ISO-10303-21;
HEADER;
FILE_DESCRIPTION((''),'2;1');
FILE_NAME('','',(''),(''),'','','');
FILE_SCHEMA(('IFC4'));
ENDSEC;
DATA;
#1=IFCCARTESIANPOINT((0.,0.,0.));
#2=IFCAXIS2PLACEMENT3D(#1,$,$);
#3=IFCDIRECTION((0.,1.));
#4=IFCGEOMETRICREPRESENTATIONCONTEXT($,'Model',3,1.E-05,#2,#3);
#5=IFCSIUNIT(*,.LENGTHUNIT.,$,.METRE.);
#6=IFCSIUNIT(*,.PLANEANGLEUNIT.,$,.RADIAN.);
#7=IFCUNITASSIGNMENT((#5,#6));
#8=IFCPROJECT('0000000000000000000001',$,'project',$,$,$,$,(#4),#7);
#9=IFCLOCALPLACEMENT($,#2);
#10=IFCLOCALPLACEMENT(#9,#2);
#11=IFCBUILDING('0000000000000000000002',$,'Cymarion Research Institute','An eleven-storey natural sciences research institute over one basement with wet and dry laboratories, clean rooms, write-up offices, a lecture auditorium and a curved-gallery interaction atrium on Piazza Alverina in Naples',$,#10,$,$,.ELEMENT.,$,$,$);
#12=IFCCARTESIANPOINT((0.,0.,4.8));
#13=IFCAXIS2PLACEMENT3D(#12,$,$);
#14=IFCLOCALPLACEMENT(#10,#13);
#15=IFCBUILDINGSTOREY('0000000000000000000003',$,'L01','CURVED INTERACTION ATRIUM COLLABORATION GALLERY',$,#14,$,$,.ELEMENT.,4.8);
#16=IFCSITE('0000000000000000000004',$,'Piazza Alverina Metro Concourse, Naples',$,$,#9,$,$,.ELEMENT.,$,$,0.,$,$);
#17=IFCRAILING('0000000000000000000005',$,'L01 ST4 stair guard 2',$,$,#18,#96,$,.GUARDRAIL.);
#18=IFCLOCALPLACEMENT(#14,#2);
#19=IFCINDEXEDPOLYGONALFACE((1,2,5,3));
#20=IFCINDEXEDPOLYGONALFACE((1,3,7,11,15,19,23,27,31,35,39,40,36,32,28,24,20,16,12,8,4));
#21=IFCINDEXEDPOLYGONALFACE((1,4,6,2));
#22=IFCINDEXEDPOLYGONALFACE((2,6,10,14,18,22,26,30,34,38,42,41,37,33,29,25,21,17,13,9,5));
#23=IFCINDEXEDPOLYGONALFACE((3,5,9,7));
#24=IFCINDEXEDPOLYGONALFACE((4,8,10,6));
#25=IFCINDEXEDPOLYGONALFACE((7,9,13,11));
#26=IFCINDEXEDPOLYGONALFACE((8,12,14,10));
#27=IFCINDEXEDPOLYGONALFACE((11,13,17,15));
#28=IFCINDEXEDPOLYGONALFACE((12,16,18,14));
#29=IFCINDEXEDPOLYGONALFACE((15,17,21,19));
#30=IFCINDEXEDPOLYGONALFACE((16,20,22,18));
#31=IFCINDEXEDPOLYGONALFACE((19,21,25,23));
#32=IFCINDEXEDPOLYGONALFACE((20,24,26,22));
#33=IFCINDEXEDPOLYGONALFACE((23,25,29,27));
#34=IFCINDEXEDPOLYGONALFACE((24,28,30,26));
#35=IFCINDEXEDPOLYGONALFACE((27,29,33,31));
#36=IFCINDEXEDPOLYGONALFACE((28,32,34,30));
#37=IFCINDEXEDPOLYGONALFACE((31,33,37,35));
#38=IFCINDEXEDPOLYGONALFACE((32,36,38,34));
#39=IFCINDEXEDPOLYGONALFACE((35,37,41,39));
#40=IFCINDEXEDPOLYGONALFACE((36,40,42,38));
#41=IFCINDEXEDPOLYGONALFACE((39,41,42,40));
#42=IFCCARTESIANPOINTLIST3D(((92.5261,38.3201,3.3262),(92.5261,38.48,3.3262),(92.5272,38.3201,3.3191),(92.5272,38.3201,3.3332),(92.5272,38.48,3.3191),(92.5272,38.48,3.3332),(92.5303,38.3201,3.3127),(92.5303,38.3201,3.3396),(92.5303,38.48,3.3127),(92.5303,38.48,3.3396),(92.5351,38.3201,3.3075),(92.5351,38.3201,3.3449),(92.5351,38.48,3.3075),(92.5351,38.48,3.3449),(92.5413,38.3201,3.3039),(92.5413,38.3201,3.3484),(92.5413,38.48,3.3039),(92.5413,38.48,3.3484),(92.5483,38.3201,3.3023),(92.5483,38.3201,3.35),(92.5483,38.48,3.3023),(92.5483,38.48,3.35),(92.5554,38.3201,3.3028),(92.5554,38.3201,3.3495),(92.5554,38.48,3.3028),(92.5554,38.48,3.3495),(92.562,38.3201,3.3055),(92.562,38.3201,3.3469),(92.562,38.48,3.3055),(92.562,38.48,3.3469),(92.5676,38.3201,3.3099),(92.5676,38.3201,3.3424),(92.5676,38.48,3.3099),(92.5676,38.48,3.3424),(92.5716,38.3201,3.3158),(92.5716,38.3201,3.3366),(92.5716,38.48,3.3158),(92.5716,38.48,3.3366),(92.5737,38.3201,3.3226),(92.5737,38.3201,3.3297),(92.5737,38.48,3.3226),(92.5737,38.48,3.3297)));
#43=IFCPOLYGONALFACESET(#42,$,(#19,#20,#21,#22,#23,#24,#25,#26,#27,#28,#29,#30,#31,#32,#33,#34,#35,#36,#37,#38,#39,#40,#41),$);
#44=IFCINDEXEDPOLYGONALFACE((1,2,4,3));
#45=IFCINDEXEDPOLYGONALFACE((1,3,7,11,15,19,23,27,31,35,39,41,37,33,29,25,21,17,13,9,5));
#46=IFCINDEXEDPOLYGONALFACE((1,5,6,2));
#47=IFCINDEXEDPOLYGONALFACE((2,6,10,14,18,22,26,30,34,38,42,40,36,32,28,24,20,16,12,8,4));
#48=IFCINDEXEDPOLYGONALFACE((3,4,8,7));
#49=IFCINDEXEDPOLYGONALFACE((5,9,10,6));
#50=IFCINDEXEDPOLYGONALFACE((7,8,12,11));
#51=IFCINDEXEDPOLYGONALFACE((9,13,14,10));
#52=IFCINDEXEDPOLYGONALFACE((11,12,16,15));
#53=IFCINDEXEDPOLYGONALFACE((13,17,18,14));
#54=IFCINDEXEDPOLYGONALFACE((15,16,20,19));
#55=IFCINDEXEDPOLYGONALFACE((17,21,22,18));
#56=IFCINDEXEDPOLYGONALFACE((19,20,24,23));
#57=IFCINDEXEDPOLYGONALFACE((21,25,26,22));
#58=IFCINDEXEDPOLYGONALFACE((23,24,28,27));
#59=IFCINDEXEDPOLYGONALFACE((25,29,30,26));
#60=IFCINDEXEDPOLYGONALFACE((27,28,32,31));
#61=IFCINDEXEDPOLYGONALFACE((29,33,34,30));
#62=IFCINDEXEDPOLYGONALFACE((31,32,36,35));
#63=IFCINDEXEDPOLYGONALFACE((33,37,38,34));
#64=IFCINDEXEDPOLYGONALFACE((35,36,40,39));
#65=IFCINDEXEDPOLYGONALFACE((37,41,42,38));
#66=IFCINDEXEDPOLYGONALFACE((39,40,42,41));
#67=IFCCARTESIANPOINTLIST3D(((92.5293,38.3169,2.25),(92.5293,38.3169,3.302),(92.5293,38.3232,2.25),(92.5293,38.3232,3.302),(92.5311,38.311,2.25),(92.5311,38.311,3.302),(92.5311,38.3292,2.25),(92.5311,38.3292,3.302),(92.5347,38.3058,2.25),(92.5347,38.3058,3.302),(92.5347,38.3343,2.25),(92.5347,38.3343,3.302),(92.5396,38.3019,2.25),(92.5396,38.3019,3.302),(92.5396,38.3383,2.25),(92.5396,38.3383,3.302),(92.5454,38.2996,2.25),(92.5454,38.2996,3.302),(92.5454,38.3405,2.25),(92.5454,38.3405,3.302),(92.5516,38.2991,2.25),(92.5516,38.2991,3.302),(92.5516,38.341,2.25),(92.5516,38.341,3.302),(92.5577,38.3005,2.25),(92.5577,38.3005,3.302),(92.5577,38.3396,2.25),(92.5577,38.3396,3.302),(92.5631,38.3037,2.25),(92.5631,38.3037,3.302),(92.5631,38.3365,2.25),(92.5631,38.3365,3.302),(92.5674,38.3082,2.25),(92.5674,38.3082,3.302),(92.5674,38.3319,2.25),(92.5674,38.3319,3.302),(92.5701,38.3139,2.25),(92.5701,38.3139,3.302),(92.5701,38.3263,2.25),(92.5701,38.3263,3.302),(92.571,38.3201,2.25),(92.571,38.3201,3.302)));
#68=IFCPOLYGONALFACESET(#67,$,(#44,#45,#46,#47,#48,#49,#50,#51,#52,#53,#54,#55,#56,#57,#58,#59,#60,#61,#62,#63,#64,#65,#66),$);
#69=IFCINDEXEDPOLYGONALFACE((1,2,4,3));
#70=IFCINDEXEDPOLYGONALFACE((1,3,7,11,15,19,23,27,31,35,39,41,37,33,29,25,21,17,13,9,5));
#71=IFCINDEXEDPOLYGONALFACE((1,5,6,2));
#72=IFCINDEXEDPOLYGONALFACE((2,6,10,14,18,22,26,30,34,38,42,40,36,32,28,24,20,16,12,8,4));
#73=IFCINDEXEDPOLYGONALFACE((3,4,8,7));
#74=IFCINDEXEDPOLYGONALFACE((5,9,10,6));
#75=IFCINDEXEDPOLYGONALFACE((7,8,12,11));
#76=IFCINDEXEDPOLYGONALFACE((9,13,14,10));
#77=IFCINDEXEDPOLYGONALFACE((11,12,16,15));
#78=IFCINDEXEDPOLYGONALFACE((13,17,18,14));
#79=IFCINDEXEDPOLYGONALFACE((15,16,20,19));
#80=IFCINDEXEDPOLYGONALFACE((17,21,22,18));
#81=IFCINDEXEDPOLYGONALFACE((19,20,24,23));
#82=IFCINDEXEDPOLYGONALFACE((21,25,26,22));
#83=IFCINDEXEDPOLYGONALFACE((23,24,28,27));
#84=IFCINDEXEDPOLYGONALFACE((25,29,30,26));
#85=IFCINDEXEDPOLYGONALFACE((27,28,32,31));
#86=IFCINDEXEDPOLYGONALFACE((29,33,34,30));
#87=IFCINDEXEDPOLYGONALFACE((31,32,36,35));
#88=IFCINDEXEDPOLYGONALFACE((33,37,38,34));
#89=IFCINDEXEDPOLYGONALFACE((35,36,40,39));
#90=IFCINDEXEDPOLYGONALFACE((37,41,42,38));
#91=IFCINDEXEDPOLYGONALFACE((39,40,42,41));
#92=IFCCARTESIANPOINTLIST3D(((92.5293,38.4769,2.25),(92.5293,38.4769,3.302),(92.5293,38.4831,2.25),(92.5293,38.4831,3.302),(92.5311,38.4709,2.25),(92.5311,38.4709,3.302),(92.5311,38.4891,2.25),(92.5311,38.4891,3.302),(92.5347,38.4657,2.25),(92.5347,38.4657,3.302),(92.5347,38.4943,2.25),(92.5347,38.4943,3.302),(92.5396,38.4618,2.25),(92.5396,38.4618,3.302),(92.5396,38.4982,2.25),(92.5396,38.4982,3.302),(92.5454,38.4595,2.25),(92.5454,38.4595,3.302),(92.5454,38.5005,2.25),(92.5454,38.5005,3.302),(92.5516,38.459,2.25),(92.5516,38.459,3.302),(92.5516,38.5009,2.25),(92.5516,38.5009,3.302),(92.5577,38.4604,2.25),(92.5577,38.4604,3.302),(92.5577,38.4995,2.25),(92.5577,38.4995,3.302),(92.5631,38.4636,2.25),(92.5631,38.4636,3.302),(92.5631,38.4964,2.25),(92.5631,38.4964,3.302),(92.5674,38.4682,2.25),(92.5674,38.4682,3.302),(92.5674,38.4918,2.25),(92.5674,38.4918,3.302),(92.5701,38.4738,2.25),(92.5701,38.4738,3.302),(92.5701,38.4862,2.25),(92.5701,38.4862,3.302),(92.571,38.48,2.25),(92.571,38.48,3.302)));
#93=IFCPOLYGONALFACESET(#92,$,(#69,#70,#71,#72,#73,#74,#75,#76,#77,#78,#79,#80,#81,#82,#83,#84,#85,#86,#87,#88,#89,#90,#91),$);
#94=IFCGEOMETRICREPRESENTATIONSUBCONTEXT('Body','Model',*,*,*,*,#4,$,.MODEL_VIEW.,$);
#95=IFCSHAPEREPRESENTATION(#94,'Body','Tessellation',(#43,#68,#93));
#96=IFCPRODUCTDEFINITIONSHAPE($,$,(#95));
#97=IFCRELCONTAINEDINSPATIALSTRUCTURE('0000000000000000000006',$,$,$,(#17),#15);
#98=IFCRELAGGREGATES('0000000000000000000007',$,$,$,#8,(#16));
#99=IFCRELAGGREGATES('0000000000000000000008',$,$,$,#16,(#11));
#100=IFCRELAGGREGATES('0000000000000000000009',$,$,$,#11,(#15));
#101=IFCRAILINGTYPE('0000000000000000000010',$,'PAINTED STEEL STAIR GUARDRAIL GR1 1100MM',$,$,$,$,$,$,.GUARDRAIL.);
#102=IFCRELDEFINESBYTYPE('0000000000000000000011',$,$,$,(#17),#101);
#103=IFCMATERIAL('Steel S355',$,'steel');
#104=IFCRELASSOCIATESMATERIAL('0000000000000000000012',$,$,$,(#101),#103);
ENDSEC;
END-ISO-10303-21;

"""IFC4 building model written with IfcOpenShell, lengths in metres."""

from ifc_helpers import new_model, si_unit, direction, frame, origin, origin_2d, place, context, subcontext, project, spatial, circle, extrude, material, type_object, element, save


model = new_model("IFC4")

# Units and contexts
model_context = context("Model", 3, precision=1e-05, world=origin(), true_north=direction((0.0, 1.0)))
body_context = subcontext(model_context, "Body", "Model", "MODEL_VIEW")
ifc_project = project(units=[si_unit("LENGTHUNIT", "METRE"), si_unit("PLANEANGLEUNIT", "RADIAN")], contexts=[model_context])

# Site, building, storey
site_placement = place(None, origin())
site = spatial("IfcSite", under=ifc_project, at=site_placement, Name="Piazza Alverina Metro Concourse, Naples", CompositionType="ELEMENT", RefElevation=0.0)
building_placement = place(site_placement, origin())
building = spatial("IfcBuilding", under=site, at=building_placement, Name="Cymarion Research Institute", Description="An eleven-storey natural sciences research institute over one basement with wet and dry laboratories, clean rooms, write-up offices, a lecture auditorium and a curved-gallery interaction atrium on Piazza Alverina in Naples", CompositionType="ELEMENT")
storey_placement = place(building_placement, frame((0.0, 0.0, 4.8)))
storey = spatial("IfcBuildingStorey", under=building, at=storey_placement, Name="L01", Description="CURVED INTERACTION ATRIUM COLLABORATION GALLERY", CompositionType="ELEMENT", Elevation=4.8)

# Shared definitions
ifc_material_1 = material(Name="Steel S355", Category="steel")

# Railing
railing_type_1 = type_object("IfcRailingType", Name="PAINTED STEEL STAIR GUARDRAIL GR1 1100MM", PredefinedType="GUARDRAIL", material=ifc_material_1)
railing_1_placement = place(storey_placement, frame((92.55, 38.3201, 2.25)))
element("IfcRailing", 1, at=railing_1_placement, inside=storey, type_object=railing_type_1, Name="L01 ST4 stair guard 2", PredefinedType="GUARDRAIL", context=body_context, shape_type="SweptSolid", body=[
    extrude(circle(Radius=0.0239, at=origin_2d()), frame((0.0, 0.0, 1.0762), z_axis=(0.0, 1.0, 0.0), x_axis=(-1.0, 0.0, 0.0)), (0.0, 0.0, 1.0), 0.1599),
    extrude(circle(Radius=0.021, at=origin_2d()), origin(), (0.0, 0.0, 1.0), 1.052),
    extrude(circle(Radius=0.021, at=origin_2d()), frame((0.0, 0.1599, 0.0)), (0.0, 0.0, 1.0), 1.052),
])

save(model, "model.ifc")
